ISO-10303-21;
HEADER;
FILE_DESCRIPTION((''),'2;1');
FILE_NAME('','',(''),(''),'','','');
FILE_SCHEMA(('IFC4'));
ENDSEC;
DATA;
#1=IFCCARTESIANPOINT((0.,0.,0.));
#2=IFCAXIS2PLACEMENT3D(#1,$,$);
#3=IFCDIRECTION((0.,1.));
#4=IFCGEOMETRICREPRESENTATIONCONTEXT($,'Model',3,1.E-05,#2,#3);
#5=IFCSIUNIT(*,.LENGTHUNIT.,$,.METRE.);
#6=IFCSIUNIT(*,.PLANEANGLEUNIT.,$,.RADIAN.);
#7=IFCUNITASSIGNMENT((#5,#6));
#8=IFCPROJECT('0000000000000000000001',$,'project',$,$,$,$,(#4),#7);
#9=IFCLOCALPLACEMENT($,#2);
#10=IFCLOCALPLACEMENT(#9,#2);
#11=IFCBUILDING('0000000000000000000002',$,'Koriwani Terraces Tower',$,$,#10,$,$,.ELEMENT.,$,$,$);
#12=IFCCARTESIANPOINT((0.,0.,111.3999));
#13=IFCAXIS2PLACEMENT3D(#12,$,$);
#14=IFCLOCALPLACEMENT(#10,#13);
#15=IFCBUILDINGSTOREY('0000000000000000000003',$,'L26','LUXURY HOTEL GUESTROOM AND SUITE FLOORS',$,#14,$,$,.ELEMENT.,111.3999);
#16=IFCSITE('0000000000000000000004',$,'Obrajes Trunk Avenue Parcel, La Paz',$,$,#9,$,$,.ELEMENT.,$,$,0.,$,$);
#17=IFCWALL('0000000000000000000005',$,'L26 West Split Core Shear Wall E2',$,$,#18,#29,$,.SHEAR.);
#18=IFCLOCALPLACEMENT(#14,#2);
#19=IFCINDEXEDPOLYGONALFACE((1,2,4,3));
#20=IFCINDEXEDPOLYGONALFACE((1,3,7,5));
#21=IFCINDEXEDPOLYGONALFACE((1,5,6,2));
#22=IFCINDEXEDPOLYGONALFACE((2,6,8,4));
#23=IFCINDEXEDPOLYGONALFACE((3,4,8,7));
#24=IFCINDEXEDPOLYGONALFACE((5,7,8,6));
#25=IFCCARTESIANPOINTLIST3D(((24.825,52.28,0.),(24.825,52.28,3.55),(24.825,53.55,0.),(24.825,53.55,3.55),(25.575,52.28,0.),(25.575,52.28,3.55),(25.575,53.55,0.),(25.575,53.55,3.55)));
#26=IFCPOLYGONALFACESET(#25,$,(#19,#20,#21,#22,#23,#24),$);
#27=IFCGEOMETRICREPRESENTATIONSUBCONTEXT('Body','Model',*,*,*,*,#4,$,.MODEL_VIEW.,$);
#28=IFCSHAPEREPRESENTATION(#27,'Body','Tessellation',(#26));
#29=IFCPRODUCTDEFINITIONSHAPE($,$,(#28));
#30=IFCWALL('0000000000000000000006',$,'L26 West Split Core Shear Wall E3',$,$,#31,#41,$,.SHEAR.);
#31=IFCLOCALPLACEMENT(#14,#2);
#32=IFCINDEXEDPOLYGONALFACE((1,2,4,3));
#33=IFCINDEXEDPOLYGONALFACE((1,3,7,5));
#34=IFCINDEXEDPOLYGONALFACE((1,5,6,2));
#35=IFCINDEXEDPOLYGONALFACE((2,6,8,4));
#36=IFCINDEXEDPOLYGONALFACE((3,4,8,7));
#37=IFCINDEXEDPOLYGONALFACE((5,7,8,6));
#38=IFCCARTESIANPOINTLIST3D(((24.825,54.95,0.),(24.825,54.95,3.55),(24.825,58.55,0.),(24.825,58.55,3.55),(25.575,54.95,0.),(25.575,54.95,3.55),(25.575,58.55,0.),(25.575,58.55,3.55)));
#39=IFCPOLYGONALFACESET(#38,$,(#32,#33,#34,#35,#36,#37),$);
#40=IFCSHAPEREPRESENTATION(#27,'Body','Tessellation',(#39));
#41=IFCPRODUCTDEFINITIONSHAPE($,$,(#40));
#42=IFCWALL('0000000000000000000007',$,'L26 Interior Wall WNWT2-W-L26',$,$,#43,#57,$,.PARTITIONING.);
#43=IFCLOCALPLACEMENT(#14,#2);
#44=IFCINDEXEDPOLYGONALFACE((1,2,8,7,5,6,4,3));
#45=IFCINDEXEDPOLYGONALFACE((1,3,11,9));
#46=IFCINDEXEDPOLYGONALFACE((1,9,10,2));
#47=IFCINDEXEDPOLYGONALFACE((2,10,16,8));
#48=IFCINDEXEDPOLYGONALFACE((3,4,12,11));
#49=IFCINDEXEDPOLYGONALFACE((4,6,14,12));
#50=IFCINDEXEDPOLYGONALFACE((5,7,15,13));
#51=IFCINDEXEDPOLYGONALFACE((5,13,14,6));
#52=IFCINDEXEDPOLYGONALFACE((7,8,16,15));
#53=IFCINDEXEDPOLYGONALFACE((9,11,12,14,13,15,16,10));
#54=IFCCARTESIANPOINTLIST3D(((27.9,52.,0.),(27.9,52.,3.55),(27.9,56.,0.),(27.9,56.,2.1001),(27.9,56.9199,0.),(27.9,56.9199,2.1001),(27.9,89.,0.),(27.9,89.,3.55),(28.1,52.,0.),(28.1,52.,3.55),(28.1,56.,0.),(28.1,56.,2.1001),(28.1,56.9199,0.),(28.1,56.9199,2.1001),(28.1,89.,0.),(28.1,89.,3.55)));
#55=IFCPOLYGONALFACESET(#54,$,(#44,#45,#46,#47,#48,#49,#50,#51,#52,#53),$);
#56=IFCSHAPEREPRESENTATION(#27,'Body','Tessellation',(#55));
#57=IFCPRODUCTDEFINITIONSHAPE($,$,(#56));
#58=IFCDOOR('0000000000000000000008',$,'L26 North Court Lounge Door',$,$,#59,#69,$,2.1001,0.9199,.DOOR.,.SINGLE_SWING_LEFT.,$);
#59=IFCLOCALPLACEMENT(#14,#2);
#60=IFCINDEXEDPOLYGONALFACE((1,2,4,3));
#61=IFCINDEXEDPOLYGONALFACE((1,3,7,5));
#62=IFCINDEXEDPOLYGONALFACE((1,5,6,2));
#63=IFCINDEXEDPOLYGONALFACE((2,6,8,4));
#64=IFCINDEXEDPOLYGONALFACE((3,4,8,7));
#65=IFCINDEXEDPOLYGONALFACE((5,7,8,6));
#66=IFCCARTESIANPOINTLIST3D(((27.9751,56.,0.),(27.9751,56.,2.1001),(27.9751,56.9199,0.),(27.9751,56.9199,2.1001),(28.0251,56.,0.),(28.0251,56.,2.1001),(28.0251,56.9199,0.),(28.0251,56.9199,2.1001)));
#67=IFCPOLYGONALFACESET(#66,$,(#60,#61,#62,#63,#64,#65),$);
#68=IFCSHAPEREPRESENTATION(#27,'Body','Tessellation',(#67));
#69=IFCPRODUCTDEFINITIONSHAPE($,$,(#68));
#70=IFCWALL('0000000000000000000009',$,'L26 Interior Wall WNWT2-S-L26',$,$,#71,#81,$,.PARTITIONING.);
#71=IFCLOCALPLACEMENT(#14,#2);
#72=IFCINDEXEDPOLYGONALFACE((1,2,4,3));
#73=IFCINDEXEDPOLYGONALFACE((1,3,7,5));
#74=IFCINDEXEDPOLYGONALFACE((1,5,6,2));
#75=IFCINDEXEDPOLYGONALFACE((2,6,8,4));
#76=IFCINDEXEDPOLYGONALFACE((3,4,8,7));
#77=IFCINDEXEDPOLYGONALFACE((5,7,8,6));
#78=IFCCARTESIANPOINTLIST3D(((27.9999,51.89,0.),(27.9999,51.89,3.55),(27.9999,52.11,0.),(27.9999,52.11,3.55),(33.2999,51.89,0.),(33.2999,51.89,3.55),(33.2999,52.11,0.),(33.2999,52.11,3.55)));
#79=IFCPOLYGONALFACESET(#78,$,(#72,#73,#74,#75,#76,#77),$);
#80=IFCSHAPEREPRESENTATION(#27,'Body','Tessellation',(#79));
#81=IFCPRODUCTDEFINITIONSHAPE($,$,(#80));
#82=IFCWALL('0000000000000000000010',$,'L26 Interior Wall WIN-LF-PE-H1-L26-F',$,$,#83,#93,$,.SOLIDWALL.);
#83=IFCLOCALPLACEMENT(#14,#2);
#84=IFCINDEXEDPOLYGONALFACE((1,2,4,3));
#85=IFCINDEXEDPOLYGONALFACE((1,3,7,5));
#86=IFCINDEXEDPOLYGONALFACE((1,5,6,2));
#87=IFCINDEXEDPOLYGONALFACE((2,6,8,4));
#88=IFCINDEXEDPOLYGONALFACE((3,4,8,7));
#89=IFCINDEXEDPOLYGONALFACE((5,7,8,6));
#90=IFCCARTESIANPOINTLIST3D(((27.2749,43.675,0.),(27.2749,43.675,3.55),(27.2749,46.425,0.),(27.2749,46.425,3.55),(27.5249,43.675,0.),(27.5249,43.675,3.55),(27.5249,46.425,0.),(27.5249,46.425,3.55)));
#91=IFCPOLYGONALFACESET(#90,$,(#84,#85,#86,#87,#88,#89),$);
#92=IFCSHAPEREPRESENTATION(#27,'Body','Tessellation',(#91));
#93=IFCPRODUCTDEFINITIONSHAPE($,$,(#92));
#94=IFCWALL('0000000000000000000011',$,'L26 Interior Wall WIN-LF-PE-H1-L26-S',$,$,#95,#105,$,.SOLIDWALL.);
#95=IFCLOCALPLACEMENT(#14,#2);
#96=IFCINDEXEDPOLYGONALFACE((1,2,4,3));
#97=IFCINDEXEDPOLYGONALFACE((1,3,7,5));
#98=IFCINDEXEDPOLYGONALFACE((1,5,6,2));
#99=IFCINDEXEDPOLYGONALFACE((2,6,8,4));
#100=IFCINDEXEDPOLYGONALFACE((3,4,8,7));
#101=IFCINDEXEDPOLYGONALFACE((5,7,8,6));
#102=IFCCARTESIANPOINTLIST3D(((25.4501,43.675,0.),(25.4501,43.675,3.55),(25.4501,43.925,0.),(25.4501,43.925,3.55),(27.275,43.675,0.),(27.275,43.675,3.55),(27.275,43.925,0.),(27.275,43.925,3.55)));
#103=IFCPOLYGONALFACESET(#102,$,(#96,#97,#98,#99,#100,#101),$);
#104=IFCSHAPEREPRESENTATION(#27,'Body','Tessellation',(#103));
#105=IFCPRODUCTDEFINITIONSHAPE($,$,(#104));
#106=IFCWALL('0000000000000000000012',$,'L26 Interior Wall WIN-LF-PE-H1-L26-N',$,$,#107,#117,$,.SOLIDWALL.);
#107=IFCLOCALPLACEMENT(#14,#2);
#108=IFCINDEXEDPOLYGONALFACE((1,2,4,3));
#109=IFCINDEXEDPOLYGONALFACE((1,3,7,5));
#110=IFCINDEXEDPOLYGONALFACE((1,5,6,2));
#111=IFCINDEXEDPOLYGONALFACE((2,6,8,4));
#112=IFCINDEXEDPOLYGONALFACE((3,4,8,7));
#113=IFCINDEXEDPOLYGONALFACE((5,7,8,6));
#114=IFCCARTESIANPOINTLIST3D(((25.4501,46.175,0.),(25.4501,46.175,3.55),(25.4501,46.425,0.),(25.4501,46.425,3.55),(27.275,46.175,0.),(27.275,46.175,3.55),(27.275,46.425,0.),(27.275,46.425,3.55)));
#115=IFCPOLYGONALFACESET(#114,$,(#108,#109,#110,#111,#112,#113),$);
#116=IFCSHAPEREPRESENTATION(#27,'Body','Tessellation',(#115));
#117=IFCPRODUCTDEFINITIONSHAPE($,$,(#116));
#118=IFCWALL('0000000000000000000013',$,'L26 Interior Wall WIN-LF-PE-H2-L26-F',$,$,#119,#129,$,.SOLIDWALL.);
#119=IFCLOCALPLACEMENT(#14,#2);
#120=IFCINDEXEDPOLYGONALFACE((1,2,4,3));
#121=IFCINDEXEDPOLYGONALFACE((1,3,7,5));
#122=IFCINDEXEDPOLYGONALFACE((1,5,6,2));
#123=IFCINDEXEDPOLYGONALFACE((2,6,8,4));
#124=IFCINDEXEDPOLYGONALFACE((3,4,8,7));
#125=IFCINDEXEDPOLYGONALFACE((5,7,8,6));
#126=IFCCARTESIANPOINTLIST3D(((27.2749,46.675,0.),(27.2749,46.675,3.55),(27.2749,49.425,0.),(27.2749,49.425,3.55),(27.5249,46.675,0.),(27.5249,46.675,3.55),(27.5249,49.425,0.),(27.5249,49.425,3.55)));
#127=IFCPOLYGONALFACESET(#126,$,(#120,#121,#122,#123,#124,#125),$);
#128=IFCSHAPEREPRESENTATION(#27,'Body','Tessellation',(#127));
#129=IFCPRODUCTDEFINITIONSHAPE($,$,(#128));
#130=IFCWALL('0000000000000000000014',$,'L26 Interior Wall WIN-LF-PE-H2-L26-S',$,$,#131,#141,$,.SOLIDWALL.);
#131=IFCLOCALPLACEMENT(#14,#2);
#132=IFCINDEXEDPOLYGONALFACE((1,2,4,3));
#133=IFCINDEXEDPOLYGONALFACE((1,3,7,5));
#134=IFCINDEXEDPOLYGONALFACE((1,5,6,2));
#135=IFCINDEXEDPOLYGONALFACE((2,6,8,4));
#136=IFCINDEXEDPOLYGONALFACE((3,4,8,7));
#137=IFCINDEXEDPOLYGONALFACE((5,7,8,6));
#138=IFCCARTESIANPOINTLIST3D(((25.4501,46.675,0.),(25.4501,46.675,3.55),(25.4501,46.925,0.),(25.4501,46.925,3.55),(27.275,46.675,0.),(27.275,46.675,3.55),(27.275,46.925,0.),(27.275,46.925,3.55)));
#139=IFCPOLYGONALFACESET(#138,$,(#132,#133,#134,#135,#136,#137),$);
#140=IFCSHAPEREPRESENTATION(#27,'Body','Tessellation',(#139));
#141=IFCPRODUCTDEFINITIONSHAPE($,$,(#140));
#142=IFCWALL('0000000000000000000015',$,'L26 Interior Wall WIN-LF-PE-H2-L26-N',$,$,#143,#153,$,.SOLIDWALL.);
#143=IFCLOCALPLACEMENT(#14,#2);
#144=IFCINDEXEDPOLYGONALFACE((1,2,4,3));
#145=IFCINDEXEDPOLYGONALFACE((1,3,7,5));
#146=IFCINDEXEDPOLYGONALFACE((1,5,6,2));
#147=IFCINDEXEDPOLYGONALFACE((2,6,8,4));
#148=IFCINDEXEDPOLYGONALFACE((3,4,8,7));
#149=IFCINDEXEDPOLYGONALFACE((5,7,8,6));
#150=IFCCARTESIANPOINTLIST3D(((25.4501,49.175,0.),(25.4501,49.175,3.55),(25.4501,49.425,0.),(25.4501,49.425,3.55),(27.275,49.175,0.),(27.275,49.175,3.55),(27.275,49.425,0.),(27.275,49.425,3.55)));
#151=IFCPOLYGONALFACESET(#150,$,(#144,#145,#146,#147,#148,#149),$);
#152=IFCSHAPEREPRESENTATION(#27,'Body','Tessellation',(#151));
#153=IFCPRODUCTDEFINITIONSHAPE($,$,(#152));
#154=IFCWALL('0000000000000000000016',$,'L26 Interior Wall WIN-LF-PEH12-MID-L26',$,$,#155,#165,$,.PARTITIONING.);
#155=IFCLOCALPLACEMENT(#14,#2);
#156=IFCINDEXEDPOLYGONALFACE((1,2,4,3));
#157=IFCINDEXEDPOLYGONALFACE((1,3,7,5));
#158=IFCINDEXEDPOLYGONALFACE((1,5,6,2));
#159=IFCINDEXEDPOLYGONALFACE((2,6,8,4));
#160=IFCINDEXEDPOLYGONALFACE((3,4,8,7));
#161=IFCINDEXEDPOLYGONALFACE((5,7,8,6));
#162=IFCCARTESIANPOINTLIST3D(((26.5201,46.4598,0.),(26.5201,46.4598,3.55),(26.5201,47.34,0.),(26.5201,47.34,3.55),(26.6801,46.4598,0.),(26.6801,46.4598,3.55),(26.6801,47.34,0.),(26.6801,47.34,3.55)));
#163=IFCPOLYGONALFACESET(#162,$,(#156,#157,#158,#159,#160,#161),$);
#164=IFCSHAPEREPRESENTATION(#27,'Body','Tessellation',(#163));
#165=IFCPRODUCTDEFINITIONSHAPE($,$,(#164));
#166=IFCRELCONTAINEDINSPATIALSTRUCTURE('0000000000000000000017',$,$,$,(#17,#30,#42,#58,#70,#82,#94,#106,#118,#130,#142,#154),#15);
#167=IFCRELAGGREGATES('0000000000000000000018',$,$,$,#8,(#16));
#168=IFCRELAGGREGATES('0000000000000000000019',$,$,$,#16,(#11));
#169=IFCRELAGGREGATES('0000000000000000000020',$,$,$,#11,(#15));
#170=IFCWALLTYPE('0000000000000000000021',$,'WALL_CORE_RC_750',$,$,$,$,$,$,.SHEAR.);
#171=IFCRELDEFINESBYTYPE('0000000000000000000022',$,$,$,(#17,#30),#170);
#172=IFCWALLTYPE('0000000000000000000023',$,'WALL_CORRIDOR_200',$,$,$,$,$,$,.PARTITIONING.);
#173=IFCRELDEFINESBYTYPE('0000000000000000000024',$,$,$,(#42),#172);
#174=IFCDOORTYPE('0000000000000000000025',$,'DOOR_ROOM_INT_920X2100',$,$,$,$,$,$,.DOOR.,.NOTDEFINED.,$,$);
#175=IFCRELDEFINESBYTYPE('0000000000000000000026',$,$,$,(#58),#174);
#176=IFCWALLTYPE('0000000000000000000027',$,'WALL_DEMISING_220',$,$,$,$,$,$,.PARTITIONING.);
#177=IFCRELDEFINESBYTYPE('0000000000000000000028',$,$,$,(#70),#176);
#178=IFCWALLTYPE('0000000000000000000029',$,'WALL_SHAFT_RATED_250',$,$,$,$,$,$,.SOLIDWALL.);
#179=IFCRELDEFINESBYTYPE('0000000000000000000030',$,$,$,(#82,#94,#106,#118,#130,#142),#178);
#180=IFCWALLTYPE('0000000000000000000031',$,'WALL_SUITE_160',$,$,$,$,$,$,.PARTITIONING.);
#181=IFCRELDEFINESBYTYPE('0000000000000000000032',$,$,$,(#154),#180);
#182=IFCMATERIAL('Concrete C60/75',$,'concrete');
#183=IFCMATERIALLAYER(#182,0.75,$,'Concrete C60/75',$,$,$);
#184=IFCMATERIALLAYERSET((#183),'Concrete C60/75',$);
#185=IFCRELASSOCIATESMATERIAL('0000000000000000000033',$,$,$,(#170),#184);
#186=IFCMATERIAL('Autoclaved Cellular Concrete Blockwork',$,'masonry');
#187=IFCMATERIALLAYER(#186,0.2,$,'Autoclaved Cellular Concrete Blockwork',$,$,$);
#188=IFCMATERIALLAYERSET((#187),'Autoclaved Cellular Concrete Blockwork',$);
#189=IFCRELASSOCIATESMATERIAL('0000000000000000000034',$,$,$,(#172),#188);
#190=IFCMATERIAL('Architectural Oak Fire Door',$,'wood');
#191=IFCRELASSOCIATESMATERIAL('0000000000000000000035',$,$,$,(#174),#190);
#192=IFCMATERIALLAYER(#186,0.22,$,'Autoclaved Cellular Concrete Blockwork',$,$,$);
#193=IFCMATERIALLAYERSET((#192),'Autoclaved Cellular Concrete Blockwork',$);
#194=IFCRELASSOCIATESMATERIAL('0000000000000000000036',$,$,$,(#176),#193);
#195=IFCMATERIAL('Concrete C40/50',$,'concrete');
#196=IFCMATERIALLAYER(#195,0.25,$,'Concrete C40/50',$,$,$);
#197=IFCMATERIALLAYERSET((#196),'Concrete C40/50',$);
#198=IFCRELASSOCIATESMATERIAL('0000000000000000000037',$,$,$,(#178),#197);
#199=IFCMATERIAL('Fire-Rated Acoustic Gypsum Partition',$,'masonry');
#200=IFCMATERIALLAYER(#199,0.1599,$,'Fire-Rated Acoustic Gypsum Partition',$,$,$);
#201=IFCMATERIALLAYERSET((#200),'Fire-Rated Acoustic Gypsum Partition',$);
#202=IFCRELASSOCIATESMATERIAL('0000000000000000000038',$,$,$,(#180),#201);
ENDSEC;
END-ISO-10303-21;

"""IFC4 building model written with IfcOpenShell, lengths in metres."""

from ifc_helpers import new_model, si_unit, direction, frame, frame_2d, origin, place, context, subcontext, project, spatial, rectangle, extrude, material, layer, layer_set, type_object, element, fill, save


model = new_model("IFC4")

# Units and contexts
model_context = context("Model", 3, precision=1e-05, world=origin(), true_north=direction((0.0, 1.0)))
body_context = subcontext(model_context, "Body", "Model", "MODEL_VIEW")
ifc_project = project(units=[si_unit("LENGTHUNIT", "METRE"), si_unit("PLANEANGLEUNIT", "RADIAN")], contexts=[model_context])

# Site, building, storey
site_placement = place(None, origin())
site = spatial("IfcSite", under=ifc_project, at=site_placement, Name="Obrajes Trunk Avenue Parcel, La Paz", CompositionType="ELEMENT", RefElevation=0.0)
building_placement = place(site_placement, origin())
building = spatial("IfcBuilding", under=site, at=building_placement, Name="Koriwani Terraces Tower", CompositionType="ELEMENT")
storey_placement = place(building_placement, frame((0.0, 0.0, 111.3999)))
storey = spatial("IfcBuildingStorey", under=building, at=storey_placement, Name="L26", Description="LUXURY HOTEL GUESTROOM AND SUITE FLOORS", CompositionType="ELEMENT", Elevation=111.3999)

# Shared definitions
ifc_material_1 = material(Name="Concrete C60/75", Category="concrete")

# Shared definitions
ifc_material_2 = material(Name="Concrete C40/50", Category="concrete")

# Walls
ifc_layer_1 = layer(ifc_material_1, 0.75, Name="Concrete C60/75")
ifc_layer_set_1 = layer_set([ifc_layer_1], Name="Concrete C60/75")
wall_type_1 = type_object("IfcWallType", Name="WALL_CORE_RC_750", PredefinedType="SHEAR", material=ifc_layer_set_1)
wall_1_placement = place(storey_placement, frame((25.2, 52.28, 0.0), z_axis=(0.0, 0.0, 1.0), x_axis=(0.0, 1.0, 0.0)))
element("IfcWall", 1, at=wall_1_placement, inside=storey, type_object=wall_type_1, Name="L26 West Split Core Shear Wall E2", PredefinedType="SHEAR", context=body_context, shape_type="SweptSolid", body=[
    extrude(rectangle(XDim=1.27, YDim=0.75, at=frame_2d((0.635, 0.0))), origin(), (0.0, 0.0, 1.0), 3.55),
])
wall_2_placement = place(storey_placement, frame((25.2, 54.95, 0.0), z_axis=(0.0, 0.0, 1.0), x_axis=(0.0, 1.0, 0.0)))
element("IfcWall", 2, at=wall_2_placement, inside=storey, type_object=wall_type_1, Name="L26 West Split Core Shear Wall E3", PredefinedType="SHEAR", context=body_context, shape_type="SweptSolid", body=[
    extrude(rectangle(XDim=3.6001, YDim=0.75, at=frame_2d((1.8, 0.0))), origin(), (0.0, 0.0, 1.0), 3.55),
])

# Wall, opening, door
ifc_material_3 = material(Name="Autoclaved Cellular Concrete Blockwork", Category="masonry")
ifc_layer_2 = layer(ifc_material_3, 0.2, Name="Autoclaved Cellular Concrete Blockwork")
ifc_layer_set_2 = layer_set([ifc_layer_2], Name="Autoclaved Cellular Concrete Blockwork")
wall_type_2 = type_object("IfcWallType", Name="WALL_CORRIDOR_200", PredefinedType="PARTITIONING", material=ifc_layer_set_2)
wall_3_placement = place(storey_placement, frame((28.0, 52.0, 0.0), z_axis=(0.0, 0.0, 1.0), x_axis=(0.0, 1.0, 0.0)))
wall_3 = element("IfcWall", 3, at=wall_3_placement, inside=storey, type_object=wall_type_2, Name="L26 Interior Wall WNWT2-W-L26", PredefinedType="PARTITIONING", context=body_context, shape_type="SweptSolid", body=[
    extrude(rectangle(XDim=37.0, YDim=0.2, at=frame_2d((18.5, 0.0))), origin(), (0.0, 0.0, 1.0), 3.55),
])
opening_1_placement = place(wall_3_placement, frame((4.0, 0.0, 0.0)))
opening_1 = element("IfcOpeningElement", 4, at=opening_1_placement, cuts=wall_3, PredefinedType="OPENING", context=body_context, shape_type="SweptSolid", body=[
    extrude(rectangle(XDim=0.9199, YDim=2.1001, at=frame_2d((0.46, 1.05))), frame((0.0, 0.1099, 0.0), z_axis=(0.0, -1.0, 0.0), x_axis=(1.0, 0.0, 0.0)), (0.0, 0.0, 1.0), 0.22),
])
ifc_material_4 = material(Name="Architectural Oak Fire Door", Category="wood")
door_type_1 = type_object("IfcDoorType", Name="DOOR_ROOM_INT_920X2100", OperationType="NOTDEFINED", PredefinedType="DOOR", material=ifc_material_4)
door_1_placement = place(opening_1_placement, origin())
door_1 = element("IfcDoor", 5, at=door_1_placement, inside=storey, type_object=door_type_1, Name="L26 North Court Lounge Door", OperationType="SINGLE_SWING_LEFT", OverallHeight=2.1001, OverallWidth=0.9199, PredefinedType="DOOR", context=body_context, shape_type="SweptSolid", body=[
    extrude(rectangle(XDim=0.9199, YDim=2.1001, at=frame_2d((0.46, 1.05))), frame((0.0, 0.0249, 0.0), z_axis=(0.0, -1.0, 0.0), x_axis=(1.0, 0.0, 0.0)), (0.0, 0.0, 1.0), 0.05),
])
fill(opening_1, door_1)

# Wall
ifc_layer_3 = layer(ifc_material_3, 0.22, Name="Autoclaved Cellular Concrete Blockwork")
ifc_layer_set_3 = layer_set([ifc_layer_3], Name="Autoclaved Cellular Concrete Blockwork")
wall_type_3 = type_object("IfcWallType", Name="WALL_DEMISING_220", PredefinedType="PARTITIONING", material=ifc_layer_set_3)
wall_4_placement = place(storey_placement, frame((28.0, 52.0, 0.0), z_axis=(0.0, 0.0, 1.0), x_axis=(1.0, 0.0, 0.0)))
element("IfcWall", 6, at=wall_4_placement, inside=storey, type_object=wall_type_3, Name="L26 Interior Wall WNWT2-S-L26", PredefinedType="PARTITIONING", context=body_context, shape_type="SweptSolid", body=[
    extrude(rectangle(XDim=5.3, YDim=0.22, at=frame_2d((2.6499, 0.0))), origin(), (0.0, 0.0, 1.0), 3.55),
])

# Shared definitions
ifc_layer_4 = layer(ifc_material_2, 0.25, Name="Concrete C40/50")
ifc_layer_set_4 = layer_set([ifc_layer_4], Name="Concrete C40/50")
wall_type_4 = type_object("IfcWallType", Name="WALL_SHAFT_RATED_250", PredefinedType="SOLIDWALL", material=ifc_layer_set_4)

# Walls
wall_5_placement = place(storey_placement, frame((27.3999, 43.675, 0.0), z_axis=(0.0, 0.0, 1.0), x_axis=(0.0, 1.0, 0.0)))
element("IfcWall", 7, at=wall_5_placement, inside=storey, type_object=wall_type_4, Name="L26 Interior Wall WIN-LF-PE-H1-L26-F", PredefinedType="SOLIDWALL", context=body_context, shape_type="SweptSolid", body=[
    extrude(rectangle(XDim=2.75, YDim=0.25, at=frame_2d((1.375, 0.0))), origin(), (0.0, 0.0, 1.0), 3.55),
])
for number, where, z_axis, x_axis, name in (
    (8, (25.45, 43.8, 0.0), (0.0, 0.0, 1.0), (1.0, 0.0, 0.0), "L26 Interior Wall WIN-LF-PE-H1-L26-S"),
    (9, (25.45, 46.3, 0.0), (0.0, 0.0, 1.0), (1.0, 0.0, 0.0), "L26 Interior Wall WIN-LF-PE-H1-L26-N"),
):
    element("IfcWall", number, at=place(storey_placement, frame(where, z_axis=z_axis, x_axis=x_axis)), inside=storey, type_object=wall_type_4, Name=name, PredefinedType="SOLIDWALL", context=body_context, shape_type="SweptSolid", body=[
        extrude(rectangle(XDim=1.825, YDim=0.25, at=frame_2d((0.9126, 0.0))), origin(), (0.0, 0.0, 1.0), 3.55),
    ])
wall_6_placement = place(storey_placement, frame((27.3999, 46.675, 0.0), z_axis=(0.0, 0.0, 1.0), x_axis=(0.0, 1.0, 0.0)))
element("IfcWall", 10, at=wall_6_placement, inside=storey, type_object=wall_type_4, Name="L26 Interior Wall WIN-LF-PE-H2-L26-F", PredefinedType="SOLIDWALL", context=body_context, shape_type="SweptSolid", body=[
    extrude(rectangle(XDim=2.75, YDim=0.25, at=frame_2d((1.375, 0.0))), origin(), (0.0, 0.0, 1.0), 3.55),
])
for number, where, z_axis, x_axis, name in (
    (11, (25.45, 46.8, 0.0), (0.0, 0.0, 1.0), (1.0, 0.0, 0.0), "L26 Interior Wall WIN-LF-PE-H2-L26-S"),
    (12, (25.45, 49.3, 0.0), (0.0, 0.0, 1.0), (1.0, 0.0, 0.0), "L26 Interior Wall WIN-LF-PE-H2-L26-N"),
):
    element("IfcWall", number, at=place(storey_placement, frame(where, z_axis=z_axis, x_axis=x_axis)), inside=storey, type_object=wall_type_4, Name=name, PredefinedType="SOLIDWALL", context=body_context, shape_type="SweptSolid", body=[
        extrude(rectangle(XDim=1.825, YDim=0.25, at=frame_2d((0.9126, 0.0))), origin(), (0.0, 0.0, 1.0), 3.55),
    ])
ifc_material_5 = material(Name="Fire-Rated Acoustic Gypsum Partition", Category="masonry")
ifc_layer_5 = layer(ifc_material_5, 0.1599, Name="Fire-Rated Acoustic Gypsum Partition")
ifc_layer_set_5 = layer_set([ifc_layer_5], Name="Fire-Rated Acoustic Gypsum Partition")
wall_type_5 = type_object("IfcWallType", Name="WALL_SUITE_160", PredefinedType="PARTITIONING", material=ifc_layer_set_5)
wall_7_placement = place(storey_placement, frame((26.6001, 46.46, 0.0), z_axis=(0.0, 0.0, 1.0), x_axis=(0.0, 1.0, 0.0)))
element("IfcWall", 13, at=wall_7_placement, inside=storey, type_object=wall_type_5, Name="L26 Interior Wall WIN-LF-PEH12-MID-L26", PredefinedType="PARTITIONING", context=body_context, shape_type="SweptSolid", body=[
    extrude(rectangle(XDim=0.8801, YDim=0.1599, at=frame_2d((0.4399, 0.0))), origin(), (0.0, 0.0, 1.0), 3.55),
])

save(model, "model.ifc")
